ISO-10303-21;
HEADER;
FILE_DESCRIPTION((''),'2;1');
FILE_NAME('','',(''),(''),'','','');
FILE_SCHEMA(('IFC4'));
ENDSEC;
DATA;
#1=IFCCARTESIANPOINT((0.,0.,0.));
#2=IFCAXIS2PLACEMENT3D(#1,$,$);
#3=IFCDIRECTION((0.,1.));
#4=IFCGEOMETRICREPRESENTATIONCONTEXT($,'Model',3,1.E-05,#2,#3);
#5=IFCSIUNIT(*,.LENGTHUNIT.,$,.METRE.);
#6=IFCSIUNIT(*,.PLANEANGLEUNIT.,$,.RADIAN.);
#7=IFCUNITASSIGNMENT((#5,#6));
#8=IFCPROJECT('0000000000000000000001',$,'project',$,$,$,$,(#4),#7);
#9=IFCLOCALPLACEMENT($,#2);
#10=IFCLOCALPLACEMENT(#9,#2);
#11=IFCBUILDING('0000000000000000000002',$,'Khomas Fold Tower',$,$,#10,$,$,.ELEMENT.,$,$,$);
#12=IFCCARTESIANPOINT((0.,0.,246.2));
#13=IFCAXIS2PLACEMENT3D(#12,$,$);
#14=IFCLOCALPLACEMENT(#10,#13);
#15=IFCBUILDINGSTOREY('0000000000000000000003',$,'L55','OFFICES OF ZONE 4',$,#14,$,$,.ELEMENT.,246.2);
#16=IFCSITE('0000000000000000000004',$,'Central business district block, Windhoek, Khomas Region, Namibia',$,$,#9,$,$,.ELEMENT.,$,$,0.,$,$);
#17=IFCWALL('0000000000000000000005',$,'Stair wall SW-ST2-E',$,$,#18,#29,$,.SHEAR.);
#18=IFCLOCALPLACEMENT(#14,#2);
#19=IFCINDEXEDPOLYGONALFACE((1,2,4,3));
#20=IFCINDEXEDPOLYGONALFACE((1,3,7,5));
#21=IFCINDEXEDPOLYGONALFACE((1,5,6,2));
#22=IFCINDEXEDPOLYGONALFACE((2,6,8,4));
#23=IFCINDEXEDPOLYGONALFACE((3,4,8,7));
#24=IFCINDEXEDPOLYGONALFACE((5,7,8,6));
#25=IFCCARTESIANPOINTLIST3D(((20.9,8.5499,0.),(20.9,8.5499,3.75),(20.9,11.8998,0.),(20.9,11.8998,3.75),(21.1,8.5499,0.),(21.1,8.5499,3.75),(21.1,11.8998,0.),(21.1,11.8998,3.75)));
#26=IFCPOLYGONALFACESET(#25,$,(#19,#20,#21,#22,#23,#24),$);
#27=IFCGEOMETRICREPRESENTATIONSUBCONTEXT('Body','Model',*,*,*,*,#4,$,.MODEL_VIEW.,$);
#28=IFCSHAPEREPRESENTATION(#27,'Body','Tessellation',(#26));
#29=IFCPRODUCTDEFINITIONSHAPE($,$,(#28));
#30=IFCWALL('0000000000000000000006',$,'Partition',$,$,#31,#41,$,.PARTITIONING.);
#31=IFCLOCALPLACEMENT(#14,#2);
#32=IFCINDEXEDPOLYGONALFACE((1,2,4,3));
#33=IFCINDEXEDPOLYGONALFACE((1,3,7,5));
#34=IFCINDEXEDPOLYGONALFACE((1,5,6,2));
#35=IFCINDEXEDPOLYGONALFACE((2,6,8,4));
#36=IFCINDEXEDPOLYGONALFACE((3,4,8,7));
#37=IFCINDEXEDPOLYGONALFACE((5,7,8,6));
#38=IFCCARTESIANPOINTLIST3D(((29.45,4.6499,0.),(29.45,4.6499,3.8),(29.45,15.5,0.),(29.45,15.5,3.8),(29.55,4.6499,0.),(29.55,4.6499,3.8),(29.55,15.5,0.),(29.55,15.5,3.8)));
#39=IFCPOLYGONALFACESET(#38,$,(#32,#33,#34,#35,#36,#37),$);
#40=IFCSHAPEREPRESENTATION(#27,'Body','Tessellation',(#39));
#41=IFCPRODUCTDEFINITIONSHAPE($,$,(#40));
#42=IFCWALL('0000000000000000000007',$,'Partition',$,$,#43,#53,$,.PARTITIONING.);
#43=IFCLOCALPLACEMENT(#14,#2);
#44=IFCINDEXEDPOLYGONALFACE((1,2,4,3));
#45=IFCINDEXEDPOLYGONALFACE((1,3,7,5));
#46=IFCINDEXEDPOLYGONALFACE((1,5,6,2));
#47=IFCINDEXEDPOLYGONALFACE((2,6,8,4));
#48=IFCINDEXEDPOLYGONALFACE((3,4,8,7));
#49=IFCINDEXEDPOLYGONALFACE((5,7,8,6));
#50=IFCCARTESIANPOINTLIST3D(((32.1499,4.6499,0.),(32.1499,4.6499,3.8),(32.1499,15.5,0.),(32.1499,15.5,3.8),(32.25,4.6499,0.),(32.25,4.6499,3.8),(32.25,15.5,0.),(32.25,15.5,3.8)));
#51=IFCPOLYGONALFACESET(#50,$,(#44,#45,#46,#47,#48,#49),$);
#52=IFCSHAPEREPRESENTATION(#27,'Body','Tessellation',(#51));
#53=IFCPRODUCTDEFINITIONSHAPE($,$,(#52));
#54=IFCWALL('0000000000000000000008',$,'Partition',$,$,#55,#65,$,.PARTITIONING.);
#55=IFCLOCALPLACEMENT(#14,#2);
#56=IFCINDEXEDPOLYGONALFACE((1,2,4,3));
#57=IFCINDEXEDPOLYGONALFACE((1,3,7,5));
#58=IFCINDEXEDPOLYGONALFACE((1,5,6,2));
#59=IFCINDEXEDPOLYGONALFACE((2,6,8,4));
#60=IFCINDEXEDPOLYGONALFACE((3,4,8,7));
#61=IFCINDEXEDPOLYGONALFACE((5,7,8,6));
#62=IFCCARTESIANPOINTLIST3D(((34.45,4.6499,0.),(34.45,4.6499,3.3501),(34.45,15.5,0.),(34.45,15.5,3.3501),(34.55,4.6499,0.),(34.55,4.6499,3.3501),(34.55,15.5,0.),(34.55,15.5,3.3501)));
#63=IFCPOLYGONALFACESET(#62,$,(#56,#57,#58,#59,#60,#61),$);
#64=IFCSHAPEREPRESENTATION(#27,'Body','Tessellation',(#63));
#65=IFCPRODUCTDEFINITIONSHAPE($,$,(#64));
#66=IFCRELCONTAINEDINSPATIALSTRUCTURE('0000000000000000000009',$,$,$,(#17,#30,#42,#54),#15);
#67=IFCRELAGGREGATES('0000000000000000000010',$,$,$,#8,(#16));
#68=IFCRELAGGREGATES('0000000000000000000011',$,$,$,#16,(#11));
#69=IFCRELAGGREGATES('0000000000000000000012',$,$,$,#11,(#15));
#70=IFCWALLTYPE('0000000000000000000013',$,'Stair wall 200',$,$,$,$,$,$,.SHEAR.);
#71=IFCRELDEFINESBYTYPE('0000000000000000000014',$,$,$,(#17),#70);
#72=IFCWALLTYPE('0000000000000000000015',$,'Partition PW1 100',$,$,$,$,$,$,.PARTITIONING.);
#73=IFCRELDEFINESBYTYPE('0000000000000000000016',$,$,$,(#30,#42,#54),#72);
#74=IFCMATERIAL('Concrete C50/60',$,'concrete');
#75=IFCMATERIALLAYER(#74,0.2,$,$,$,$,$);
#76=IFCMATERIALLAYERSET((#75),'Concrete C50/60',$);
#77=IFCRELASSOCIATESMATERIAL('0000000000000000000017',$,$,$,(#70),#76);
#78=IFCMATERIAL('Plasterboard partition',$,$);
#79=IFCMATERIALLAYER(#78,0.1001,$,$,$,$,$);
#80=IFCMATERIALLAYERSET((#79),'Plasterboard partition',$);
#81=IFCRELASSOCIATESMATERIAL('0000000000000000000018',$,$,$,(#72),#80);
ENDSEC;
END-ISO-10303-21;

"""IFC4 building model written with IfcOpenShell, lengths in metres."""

from ifc_helpers import new_model, si_unit, direction, frame, frame_2d, origin, place, context, subcontext, project, spatial, rectangle, extrude, source, transform, mapped, material, layer, layer_set, type_object, element, save


model = new_model("IFC4")

# Units and contexts
model_context = context("Model", 3, precision=1e-05, world=origin(), true_north=direction((0.0, 1.0)))
body_context = subcontext(model_context, "Body", "Model", "MODEL_VIEW")
ifc_project = project(units=[si_unit("LENGTHUNIT", "METRE"), si_unit("PLANEANGLEUNIT", "RADIAN")], contexts=[model_context])

# Site, building, storey
site_placement = place(None, origin())
site = spatial("IfcSite", under=ifc_project, at=site_placement, Name="Central business district block, Windhoek, Khomas Region, Namibia", CompositionType="ELEMENT", RefElevation=0.0)
building_placement = place(site_placement, origin())
building = spatial("IfcBuilding", under=site, at=building_placement, Name="Khomas Fold Tower", CompositionType="ELEMENT")
storey_placement = place(building_placement, frame((0.0, 0.0, 246.2)))
storey = spatial("IfcBuildingStorey", under=building, at=storey_placement, Name="L55", Description="OFFICES OF ZONE 4", CompositionType="ELEMENT", Elevation=246.2)

# Walls
ifc_material_1 = material(Name="Concrete C50/60", Category="concrete")
ifc_layer_1 = layer(ifc_material_1, 0.2)
ifc_layer_set_1 = layer_set([ifc_layer_1], Name="Concrete C50/60")
wall_type_1 = type_object("IfcWallType", Name="Stair wall 200", PredefinedType="SHEAR", material=ifc_layer_set_1)
shared_shape_1 = source(origin(), body_context, "Body", "SweptSolid", [
    extrude(rectangle(XDim=3.3499, YDim=0.2, at=frame_2d((1.6748, 0.0))), origin(), (0.0, 0.0, 1.0), 3.75),
])
wall_1_placement = place(storey_placement, frame((21.0, 8.55, 0.0), z_axis=(0.0, 0.0, 1.0), x_axis=(0.0, 1.0, 0.0)))
element("IfcWall", 1, at=wall_1_placement, inside=storey, type_object=wall_type_1, Name="Stair wall SW-ST2-E", PredefinedType="SHEAR", context=body_context, shape_type="MappedRepresentation", body=[
    mapped(shared_shape_1, transform((0.0, 0.0, 0.0))),
])
ifc_material_2 = material(Name="Plasterboard partition")
ifc_layer_2 = layer(ifc_material_2, 0.1001)
ifc_layer_set_2 = layer_set([ifc_layer_2], Name="Plasterboard partition")
wall_type_2 = type_object("IfcWallType", Name="Partition PW1 100", PredefinedType="PARTITIONING", material=ifc_layer_set_2)
shared_shape_2 = source(origin(), body_context, "Body", "SweptSolid", [
    extrude(rectangle(XDim=10.8501, YDim=0.1001, at=frame_2d((5.425, 0.0))), origin(), (0.0, 0.0, 1.0), 3.8),
])
for number, where, z_axis, x_axis, name in (
    (2, (29.5, 4.6499, 0.0), (0.0, 0.0, 1.0), (0.0, 1.0, 0.0), "Partition"),
    (3, (32.2, 4.6499, 0.0), (0.0, 0.0, 1.0), (0.0, 1.0, 0.0), "Partition"),
):
    element("IfcWall", number, at=place(storey_placement, frame(where, z_axis=z_axis, x_axis=x_axis)), inside=storey, type_object=wall_type_2, Name=name, PredefinedType="PARTITIONING", context=body_context, shape_type="MappedRepresentation", body=[
        mapped(shared_shape_2, transform((0.0, 0.0, 0.0))),
    ])
shared_shape_3 = source(origin(), body_context, "Body", "SweptSolid", [
    extrude(rectangle(XDim=10.8501, YDim=0.1001, at=frame_2d((5.425, 0.0))), origin(), (0.0, 0.0, 1.0), 3.3501),
])
wall_2_placement = place(storey_placement, frame((34.5, 4.6499, 0.0), z_axis=(0.0, 0.0, 1.0), x_axis=(0.0, 1.0, 0.0)))
element("IfcWall", 4, at=wall_2_placement, inside=storey, type_object=wall_type_2, Name="Partition", PredefinedType="PARTITIONING", context=body_context, shape_type="MappedRepresentation", body=[
    mapped(shared_shape_3, transform((0.0, 0.0, 0.0))),
])

save(model, "model.ifc")
